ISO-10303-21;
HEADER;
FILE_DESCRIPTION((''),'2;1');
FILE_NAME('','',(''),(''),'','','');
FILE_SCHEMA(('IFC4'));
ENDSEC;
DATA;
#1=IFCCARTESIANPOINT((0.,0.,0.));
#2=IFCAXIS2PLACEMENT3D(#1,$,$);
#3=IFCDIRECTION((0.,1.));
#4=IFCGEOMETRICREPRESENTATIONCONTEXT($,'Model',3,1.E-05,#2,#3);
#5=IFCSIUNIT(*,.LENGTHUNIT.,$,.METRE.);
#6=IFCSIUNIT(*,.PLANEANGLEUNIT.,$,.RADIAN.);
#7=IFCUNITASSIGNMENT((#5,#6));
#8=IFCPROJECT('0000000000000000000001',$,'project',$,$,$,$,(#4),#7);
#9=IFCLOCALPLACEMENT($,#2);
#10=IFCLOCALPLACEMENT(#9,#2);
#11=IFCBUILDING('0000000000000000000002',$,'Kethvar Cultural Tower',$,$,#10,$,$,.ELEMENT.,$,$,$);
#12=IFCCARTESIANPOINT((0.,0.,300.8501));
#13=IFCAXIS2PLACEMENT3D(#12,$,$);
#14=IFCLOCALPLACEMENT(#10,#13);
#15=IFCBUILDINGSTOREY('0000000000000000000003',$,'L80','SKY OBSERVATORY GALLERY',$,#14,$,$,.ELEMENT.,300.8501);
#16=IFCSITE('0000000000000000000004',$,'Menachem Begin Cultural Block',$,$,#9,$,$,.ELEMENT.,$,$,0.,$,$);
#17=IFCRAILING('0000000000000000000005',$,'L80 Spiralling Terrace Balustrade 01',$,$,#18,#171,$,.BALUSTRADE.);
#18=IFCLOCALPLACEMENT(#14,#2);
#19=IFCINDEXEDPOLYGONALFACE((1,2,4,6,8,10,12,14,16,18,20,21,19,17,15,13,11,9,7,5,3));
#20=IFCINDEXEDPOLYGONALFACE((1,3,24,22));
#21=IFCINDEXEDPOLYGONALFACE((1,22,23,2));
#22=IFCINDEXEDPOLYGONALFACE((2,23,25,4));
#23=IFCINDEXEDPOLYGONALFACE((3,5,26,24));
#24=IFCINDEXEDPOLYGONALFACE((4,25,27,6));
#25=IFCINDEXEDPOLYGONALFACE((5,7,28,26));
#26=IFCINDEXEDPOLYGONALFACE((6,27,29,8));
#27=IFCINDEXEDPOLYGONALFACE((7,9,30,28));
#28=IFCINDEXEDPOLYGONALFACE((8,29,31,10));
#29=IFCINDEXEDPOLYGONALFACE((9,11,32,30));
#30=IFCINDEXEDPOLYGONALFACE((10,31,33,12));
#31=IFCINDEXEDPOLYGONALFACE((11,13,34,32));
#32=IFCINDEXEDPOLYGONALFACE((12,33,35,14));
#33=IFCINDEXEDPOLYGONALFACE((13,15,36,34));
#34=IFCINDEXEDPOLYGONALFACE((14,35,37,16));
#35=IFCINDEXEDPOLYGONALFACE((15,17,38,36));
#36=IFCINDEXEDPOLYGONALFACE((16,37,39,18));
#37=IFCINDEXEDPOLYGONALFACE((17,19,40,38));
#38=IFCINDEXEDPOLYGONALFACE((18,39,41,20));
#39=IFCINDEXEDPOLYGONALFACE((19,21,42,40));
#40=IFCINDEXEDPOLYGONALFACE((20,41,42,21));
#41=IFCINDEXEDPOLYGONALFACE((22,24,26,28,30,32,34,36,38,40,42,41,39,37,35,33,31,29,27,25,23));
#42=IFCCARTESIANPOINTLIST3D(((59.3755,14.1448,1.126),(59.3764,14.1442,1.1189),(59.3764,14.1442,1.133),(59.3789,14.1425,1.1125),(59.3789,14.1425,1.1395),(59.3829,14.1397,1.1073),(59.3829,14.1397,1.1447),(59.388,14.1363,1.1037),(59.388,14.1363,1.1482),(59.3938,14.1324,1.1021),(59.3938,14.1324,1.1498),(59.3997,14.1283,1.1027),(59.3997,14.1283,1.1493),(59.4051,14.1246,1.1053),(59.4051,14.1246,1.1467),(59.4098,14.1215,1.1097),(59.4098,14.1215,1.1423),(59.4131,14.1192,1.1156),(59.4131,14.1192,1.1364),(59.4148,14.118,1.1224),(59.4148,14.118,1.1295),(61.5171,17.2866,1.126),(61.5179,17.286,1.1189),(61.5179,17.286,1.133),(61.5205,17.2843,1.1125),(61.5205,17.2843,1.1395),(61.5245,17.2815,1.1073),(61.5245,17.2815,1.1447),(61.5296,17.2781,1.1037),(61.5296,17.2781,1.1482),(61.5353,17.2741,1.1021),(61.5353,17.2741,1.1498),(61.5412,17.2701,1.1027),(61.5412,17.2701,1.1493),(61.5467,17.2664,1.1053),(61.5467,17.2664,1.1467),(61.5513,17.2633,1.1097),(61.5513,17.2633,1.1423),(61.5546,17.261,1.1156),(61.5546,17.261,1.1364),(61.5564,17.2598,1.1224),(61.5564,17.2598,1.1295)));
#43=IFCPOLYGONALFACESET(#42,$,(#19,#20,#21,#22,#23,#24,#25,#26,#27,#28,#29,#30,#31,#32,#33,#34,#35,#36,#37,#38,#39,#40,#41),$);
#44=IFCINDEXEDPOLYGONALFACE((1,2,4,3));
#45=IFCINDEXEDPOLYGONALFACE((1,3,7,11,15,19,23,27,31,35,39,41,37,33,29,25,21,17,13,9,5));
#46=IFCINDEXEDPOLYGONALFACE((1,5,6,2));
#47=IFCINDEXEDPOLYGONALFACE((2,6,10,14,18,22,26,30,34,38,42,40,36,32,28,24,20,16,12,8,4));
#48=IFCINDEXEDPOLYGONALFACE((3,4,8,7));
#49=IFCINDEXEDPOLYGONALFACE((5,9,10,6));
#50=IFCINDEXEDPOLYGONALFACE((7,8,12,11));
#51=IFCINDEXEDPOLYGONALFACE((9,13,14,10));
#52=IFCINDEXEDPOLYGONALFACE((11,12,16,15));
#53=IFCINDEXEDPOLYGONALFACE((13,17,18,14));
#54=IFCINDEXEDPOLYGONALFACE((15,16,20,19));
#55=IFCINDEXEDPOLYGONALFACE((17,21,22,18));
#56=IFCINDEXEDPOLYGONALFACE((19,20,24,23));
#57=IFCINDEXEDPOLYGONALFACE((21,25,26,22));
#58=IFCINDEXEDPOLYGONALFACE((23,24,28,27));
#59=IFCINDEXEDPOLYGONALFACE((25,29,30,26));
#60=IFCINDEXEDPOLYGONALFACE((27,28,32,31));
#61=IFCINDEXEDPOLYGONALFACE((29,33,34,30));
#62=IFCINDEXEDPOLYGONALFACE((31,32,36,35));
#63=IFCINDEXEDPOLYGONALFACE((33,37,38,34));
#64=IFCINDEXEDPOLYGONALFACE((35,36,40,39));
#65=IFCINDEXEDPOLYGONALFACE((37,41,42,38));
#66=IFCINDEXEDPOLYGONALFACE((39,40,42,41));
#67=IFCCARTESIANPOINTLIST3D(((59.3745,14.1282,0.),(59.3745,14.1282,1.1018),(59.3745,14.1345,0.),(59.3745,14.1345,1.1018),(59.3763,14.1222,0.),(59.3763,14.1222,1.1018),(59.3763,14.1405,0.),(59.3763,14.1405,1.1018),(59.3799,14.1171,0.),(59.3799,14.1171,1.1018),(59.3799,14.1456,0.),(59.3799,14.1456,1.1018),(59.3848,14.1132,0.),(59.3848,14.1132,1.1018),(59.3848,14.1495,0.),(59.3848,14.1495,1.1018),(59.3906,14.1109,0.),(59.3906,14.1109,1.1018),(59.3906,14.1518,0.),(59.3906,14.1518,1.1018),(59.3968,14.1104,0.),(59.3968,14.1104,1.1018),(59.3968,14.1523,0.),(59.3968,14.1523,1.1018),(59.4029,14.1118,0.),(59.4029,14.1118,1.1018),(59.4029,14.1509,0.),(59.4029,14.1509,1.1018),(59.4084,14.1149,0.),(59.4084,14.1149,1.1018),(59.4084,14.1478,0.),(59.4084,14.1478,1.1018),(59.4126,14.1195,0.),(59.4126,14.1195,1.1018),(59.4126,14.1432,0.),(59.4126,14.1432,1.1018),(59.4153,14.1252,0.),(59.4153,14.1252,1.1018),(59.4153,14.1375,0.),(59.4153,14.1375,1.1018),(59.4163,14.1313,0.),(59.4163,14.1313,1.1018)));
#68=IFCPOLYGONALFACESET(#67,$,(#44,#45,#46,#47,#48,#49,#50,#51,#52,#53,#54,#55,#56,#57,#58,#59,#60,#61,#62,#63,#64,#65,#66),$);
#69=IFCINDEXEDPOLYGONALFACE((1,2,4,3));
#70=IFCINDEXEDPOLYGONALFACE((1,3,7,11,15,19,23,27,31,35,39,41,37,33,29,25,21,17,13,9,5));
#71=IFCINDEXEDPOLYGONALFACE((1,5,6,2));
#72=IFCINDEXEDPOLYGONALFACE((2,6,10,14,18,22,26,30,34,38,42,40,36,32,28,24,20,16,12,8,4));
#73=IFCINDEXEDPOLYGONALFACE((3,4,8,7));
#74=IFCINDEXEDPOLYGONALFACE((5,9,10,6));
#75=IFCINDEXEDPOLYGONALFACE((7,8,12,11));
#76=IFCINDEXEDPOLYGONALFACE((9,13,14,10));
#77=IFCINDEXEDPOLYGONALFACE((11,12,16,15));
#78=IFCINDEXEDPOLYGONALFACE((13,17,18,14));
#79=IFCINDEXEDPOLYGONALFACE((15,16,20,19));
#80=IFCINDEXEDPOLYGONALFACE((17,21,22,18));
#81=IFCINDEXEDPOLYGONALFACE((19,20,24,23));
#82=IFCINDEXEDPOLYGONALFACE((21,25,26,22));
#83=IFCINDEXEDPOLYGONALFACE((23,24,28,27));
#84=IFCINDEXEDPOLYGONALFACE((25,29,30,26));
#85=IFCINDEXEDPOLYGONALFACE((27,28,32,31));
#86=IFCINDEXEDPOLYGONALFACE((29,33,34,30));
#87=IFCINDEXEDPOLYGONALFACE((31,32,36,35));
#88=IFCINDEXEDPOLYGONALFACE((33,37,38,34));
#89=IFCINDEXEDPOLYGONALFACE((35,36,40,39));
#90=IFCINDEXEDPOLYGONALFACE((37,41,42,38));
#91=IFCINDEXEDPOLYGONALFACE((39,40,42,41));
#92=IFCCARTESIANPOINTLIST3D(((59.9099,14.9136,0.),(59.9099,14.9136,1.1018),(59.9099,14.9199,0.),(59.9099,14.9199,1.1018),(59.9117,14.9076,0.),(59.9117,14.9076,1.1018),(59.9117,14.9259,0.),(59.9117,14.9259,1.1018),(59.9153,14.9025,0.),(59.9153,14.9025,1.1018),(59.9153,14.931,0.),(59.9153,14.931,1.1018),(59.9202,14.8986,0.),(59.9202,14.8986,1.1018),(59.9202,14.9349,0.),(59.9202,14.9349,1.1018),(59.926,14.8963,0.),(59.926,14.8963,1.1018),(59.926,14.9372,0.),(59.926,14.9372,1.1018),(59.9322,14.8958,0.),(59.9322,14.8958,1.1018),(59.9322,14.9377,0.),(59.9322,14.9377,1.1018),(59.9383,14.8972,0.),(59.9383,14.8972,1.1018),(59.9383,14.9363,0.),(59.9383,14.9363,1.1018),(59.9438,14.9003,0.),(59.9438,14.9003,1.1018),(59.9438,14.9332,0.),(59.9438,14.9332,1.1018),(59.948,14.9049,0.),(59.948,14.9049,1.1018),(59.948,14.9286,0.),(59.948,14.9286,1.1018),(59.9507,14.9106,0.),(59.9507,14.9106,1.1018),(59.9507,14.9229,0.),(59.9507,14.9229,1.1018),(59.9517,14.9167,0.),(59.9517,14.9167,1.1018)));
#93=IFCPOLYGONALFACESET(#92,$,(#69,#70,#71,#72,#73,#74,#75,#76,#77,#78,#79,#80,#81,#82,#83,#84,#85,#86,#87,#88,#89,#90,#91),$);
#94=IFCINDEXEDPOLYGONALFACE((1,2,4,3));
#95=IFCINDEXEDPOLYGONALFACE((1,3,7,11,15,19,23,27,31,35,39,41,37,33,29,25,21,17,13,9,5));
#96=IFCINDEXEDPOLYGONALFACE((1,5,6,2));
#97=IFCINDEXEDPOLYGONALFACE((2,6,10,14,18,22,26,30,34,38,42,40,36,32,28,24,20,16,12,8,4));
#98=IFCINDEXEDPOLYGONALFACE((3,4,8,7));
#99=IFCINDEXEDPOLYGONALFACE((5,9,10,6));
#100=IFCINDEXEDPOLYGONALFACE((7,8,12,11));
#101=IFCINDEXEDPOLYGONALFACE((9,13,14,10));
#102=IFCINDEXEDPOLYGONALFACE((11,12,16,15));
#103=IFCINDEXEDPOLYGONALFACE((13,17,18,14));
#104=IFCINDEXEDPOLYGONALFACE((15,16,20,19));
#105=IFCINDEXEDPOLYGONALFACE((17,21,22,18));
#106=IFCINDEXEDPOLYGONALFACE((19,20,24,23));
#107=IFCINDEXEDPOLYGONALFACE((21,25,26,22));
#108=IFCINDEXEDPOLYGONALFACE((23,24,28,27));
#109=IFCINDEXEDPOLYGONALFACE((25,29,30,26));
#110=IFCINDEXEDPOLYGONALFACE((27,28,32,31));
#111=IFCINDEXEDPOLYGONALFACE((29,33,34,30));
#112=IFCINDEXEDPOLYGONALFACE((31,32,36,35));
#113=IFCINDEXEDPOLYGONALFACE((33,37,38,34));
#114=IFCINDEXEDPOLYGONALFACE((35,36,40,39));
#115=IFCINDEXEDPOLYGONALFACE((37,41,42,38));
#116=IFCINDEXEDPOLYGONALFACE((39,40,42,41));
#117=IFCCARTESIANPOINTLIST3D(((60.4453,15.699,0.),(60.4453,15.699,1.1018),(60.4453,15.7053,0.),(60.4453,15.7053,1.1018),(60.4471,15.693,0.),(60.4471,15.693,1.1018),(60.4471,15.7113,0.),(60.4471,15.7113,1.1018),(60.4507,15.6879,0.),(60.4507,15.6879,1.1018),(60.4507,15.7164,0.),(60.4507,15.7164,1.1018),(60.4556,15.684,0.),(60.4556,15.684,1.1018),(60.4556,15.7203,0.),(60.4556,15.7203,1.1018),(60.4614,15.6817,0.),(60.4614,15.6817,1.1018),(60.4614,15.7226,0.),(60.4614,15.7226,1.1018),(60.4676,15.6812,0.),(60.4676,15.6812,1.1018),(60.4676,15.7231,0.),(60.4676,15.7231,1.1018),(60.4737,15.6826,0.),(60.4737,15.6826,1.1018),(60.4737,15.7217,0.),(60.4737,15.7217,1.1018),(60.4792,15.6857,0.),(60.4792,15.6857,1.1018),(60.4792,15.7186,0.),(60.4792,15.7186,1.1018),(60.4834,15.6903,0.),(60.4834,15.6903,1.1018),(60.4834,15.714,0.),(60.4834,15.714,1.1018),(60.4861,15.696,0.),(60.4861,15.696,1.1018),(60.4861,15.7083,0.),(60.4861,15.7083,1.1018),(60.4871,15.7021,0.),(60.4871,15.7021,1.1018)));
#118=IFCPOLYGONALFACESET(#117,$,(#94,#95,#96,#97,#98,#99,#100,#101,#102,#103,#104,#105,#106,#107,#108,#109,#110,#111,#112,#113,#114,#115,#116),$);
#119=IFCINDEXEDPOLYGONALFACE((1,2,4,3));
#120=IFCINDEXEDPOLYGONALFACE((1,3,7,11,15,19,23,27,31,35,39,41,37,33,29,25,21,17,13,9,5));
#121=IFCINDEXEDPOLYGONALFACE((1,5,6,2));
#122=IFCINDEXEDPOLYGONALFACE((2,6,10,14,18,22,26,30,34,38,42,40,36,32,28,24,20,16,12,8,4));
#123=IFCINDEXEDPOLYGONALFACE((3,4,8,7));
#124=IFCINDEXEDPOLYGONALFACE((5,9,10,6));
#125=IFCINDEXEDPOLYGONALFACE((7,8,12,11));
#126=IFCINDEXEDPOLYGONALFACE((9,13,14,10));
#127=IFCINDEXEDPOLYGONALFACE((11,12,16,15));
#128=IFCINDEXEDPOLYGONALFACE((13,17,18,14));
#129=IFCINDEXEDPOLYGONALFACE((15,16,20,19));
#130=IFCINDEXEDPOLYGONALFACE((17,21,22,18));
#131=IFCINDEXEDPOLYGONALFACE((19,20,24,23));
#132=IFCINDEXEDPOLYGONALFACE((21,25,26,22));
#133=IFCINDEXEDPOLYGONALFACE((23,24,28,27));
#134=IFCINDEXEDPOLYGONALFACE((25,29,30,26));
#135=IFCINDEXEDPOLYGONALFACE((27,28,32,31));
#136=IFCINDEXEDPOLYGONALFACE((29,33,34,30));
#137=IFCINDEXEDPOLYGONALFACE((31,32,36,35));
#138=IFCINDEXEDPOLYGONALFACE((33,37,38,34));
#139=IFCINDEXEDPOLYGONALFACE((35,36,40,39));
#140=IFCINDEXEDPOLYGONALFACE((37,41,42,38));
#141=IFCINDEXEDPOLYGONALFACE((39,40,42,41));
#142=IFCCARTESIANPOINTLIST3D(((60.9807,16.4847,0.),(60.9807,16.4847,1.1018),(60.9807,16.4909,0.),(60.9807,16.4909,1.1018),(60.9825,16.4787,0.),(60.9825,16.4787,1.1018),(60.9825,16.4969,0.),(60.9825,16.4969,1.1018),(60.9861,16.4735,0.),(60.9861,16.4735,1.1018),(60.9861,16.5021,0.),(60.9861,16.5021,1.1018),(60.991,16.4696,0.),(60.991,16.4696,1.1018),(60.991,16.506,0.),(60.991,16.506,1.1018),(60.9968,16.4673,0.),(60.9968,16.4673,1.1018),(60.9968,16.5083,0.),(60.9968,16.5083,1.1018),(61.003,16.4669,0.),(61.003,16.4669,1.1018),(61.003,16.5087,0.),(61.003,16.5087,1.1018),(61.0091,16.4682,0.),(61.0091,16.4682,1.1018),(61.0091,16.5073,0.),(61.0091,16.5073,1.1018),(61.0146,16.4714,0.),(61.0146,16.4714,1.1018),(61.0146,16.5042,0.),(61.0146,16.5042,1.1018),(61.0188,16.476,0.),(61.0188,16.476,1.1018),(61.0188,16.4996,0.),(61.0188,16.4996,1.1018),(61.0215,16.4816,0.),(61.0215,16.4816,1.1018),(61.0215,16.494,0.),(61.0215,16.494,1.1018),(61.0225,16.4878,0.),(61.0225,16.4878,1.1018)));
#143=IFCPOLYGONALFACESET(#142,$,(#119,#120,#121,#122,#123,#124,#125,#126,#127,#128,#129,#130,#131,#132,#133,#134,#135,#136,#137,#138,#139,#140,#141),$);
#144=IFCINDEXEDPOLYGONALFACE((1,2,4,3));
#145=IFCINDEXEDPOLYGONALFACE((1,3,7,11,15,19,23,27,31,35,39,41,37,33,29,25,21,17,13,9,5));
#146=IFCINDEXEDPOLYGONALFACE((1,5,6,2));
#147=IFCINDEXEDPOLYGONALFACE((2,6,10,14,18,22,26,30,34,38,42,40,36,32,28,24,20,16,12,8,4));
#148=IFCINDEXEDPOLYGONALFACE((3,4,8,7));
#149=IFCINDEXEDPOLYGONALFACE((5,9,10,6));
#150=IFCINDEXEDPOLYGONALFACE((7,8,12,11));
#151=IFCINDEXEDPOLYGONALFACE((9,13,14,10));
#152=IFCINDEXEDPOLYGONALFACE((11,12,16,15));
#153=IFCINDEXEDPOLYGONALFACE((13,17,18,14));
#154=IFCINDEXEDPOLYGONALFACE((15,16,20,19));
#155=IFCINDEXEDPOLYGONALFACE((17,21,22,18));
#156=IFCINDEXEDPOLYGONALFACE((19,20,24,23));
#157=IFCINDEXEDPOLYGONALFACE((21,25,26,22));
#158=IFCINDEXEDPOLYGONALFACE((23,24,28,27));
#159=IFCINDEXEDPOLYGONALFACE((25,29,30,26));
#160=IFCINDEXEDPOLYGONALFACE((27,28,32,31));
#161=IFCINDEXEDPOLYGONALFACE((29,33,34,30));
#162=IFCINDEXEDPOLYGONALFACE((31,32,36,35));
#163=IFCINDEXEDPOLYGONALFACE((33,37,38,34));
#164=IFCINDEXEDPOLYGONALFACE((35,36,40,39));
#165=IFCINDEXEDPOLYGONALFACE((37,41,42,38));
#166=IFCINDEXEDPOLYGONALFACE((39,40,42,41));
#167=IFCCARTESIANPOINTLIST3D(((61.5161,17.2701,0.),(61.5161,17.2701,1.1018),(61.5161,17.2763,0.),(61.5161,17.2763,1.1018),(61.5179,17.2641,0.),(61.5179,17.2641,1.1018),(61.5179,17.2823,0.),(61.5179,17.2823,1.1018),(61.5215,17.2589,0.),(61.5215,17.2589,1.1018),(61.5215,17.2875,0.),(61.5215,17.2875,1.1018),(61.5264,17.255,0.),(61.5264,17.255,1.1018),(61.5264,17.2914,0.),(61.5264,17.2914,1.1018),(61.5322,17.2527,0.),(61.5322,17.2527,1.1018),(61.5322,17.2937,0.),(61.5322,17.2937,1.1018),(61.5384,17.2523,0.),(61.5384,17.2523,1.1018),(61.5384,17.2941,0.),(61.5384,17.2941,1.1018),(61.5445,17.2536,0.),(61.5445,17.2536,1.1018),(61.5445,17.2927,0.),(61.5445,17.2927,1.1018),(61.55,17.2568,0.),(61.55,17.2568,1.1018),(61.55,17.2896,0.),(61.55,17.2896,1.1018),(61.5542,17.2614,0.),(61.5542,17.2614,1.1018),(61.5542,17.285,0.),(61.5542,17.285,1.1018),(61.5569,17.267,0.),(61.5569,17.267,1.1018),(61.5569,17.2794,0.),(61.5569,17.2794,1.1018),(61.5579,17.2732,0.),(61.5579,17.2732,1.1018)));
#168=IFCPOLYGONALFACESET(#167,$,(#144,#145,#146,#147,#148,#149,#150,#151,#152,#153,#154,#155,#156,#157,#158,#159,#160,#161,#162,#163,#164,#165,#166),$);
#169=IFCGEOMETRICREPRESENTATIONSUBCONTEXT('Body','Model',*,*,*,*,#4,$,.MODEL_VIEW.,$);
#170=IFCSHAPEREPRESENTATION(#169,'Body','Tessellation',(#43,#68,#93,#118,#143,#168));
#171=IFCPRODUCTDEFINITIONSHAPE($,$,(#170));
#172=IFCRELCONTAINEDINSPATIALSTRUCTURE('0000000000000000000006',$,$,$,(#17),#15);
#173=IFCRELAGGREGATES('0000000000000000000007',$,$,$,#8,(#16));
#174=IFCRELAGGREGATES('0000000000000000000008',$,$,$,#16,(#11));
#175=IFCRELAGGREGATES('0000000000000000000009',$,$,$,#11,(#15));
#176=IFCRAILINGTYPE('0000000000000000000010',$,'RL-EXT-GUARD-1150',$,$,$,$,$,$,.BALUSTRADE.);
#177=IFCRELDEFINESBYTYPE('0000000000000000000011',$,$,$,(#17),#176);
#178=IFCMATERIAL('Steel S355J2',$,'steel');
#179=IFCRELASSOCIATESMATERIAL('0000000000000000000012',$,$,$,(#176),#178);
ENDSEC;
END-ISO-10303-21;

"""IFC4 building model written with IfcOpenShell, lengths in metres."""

from ifc_helpers import new_model, si_unit, direction, frame, origin, origin_2d, place, context, subcontext, project, spatial, circle, extrude, material, type_object, element, save


model = new_model("IFC4")

# Units and contexts
model_context = context("Model", 3, precision=1e-05, world=origin(), true_north=direction((0.0, 1.0)))
body_context = subcontext(model_context, "Body", "Model", "MODEL_VIEW")
ifc_project = project(units=[si_unit("LENGTHUNIT", "METRE"), si_unit("PLANEANGLEUNIT", "RADIAN")], contexts=[model_context])

# Site, building, storey
site_placement = place(None, origin())
site = spatial("IfcSite", under=ifc_project, at=site_placement, Name="Menachem Begin Cultural Block", CompositionType="ELEMENT", RefElevation=0.0)
building_placement = place(site_placement, origin())
building = spatial("IfcBuilding", under=site, at=building_placement, Name="Kethvar Cultural Tower", CompositionType="ELEMENT")
storey_placement = place(building_placement, frame((0.0, 0.0, 300.8501)))
storey = spatial("IfcBuildingStorey", under=building, at=storey_placement, Name="L80", Description="SKY OBSERVATORY GALLERY", CompositionType="ELEMENT", Elevation=300.8501)

# Shared definitions
ifc_material_1 = material(Name="Steel S355J2", Category="steel")

# Railing
railing_type = type_object("IfcRailingType", Name="RL-EXT-GUARD-1150", PredefinedType="BALUSTRADE", material=ifc_material_1)
railing_1_placement = place(storey_placement, frame((59.3953, 14.1313, 0.0)))
element("IfcRailing", 1, at=railing_1_placement, inside=storey, type_object=railing_type, Name="L80 Spiralling Terrace Balustrade 01", PredefinedType="BALUSTRADE", context=body_context, shape_type="SweptSolid", body=[
    extrude(circle(Radius=0.0239, at=origin_2d()), frame((0.0, 0.0, 1.126), z_axis=(0.563235, 0.826297, 0.0), x_axis=(-0.826297, 0.563235, 0.0)), (0.0, 0.0, 1.0), 3.8022),
    extrude(circle(Radius=0.021, at=origin_2d()), origin(), (0.0, 0.0, 1.0), 1.1018),
    extrude(circle(Radius=0.021, at=origin_2d()), frame((0.5354, 0.7854, 0.0)), (0.0, 0.0, 1.0), 1.1018),
    extrude(circle(Radius=0.021, at=origin_2d()), frame((1.0708, 1.5708, 0.0)), (0.0, 0.0, 1.0), 1.1018),
    extrude(circle(Radius=0.021, at=origin_2d()), frame((1.6062, 2.3564, 0.0)), (0.0, 0.0, 1.0), 1.1018),
    extrude(circle(Radius=0.021, at=origin_2d()), frame((2.1416, 3.1418, 0.0)), (0.0, 0.0, 1.0), 1.1018),
])

save(model, "model.ifc")
